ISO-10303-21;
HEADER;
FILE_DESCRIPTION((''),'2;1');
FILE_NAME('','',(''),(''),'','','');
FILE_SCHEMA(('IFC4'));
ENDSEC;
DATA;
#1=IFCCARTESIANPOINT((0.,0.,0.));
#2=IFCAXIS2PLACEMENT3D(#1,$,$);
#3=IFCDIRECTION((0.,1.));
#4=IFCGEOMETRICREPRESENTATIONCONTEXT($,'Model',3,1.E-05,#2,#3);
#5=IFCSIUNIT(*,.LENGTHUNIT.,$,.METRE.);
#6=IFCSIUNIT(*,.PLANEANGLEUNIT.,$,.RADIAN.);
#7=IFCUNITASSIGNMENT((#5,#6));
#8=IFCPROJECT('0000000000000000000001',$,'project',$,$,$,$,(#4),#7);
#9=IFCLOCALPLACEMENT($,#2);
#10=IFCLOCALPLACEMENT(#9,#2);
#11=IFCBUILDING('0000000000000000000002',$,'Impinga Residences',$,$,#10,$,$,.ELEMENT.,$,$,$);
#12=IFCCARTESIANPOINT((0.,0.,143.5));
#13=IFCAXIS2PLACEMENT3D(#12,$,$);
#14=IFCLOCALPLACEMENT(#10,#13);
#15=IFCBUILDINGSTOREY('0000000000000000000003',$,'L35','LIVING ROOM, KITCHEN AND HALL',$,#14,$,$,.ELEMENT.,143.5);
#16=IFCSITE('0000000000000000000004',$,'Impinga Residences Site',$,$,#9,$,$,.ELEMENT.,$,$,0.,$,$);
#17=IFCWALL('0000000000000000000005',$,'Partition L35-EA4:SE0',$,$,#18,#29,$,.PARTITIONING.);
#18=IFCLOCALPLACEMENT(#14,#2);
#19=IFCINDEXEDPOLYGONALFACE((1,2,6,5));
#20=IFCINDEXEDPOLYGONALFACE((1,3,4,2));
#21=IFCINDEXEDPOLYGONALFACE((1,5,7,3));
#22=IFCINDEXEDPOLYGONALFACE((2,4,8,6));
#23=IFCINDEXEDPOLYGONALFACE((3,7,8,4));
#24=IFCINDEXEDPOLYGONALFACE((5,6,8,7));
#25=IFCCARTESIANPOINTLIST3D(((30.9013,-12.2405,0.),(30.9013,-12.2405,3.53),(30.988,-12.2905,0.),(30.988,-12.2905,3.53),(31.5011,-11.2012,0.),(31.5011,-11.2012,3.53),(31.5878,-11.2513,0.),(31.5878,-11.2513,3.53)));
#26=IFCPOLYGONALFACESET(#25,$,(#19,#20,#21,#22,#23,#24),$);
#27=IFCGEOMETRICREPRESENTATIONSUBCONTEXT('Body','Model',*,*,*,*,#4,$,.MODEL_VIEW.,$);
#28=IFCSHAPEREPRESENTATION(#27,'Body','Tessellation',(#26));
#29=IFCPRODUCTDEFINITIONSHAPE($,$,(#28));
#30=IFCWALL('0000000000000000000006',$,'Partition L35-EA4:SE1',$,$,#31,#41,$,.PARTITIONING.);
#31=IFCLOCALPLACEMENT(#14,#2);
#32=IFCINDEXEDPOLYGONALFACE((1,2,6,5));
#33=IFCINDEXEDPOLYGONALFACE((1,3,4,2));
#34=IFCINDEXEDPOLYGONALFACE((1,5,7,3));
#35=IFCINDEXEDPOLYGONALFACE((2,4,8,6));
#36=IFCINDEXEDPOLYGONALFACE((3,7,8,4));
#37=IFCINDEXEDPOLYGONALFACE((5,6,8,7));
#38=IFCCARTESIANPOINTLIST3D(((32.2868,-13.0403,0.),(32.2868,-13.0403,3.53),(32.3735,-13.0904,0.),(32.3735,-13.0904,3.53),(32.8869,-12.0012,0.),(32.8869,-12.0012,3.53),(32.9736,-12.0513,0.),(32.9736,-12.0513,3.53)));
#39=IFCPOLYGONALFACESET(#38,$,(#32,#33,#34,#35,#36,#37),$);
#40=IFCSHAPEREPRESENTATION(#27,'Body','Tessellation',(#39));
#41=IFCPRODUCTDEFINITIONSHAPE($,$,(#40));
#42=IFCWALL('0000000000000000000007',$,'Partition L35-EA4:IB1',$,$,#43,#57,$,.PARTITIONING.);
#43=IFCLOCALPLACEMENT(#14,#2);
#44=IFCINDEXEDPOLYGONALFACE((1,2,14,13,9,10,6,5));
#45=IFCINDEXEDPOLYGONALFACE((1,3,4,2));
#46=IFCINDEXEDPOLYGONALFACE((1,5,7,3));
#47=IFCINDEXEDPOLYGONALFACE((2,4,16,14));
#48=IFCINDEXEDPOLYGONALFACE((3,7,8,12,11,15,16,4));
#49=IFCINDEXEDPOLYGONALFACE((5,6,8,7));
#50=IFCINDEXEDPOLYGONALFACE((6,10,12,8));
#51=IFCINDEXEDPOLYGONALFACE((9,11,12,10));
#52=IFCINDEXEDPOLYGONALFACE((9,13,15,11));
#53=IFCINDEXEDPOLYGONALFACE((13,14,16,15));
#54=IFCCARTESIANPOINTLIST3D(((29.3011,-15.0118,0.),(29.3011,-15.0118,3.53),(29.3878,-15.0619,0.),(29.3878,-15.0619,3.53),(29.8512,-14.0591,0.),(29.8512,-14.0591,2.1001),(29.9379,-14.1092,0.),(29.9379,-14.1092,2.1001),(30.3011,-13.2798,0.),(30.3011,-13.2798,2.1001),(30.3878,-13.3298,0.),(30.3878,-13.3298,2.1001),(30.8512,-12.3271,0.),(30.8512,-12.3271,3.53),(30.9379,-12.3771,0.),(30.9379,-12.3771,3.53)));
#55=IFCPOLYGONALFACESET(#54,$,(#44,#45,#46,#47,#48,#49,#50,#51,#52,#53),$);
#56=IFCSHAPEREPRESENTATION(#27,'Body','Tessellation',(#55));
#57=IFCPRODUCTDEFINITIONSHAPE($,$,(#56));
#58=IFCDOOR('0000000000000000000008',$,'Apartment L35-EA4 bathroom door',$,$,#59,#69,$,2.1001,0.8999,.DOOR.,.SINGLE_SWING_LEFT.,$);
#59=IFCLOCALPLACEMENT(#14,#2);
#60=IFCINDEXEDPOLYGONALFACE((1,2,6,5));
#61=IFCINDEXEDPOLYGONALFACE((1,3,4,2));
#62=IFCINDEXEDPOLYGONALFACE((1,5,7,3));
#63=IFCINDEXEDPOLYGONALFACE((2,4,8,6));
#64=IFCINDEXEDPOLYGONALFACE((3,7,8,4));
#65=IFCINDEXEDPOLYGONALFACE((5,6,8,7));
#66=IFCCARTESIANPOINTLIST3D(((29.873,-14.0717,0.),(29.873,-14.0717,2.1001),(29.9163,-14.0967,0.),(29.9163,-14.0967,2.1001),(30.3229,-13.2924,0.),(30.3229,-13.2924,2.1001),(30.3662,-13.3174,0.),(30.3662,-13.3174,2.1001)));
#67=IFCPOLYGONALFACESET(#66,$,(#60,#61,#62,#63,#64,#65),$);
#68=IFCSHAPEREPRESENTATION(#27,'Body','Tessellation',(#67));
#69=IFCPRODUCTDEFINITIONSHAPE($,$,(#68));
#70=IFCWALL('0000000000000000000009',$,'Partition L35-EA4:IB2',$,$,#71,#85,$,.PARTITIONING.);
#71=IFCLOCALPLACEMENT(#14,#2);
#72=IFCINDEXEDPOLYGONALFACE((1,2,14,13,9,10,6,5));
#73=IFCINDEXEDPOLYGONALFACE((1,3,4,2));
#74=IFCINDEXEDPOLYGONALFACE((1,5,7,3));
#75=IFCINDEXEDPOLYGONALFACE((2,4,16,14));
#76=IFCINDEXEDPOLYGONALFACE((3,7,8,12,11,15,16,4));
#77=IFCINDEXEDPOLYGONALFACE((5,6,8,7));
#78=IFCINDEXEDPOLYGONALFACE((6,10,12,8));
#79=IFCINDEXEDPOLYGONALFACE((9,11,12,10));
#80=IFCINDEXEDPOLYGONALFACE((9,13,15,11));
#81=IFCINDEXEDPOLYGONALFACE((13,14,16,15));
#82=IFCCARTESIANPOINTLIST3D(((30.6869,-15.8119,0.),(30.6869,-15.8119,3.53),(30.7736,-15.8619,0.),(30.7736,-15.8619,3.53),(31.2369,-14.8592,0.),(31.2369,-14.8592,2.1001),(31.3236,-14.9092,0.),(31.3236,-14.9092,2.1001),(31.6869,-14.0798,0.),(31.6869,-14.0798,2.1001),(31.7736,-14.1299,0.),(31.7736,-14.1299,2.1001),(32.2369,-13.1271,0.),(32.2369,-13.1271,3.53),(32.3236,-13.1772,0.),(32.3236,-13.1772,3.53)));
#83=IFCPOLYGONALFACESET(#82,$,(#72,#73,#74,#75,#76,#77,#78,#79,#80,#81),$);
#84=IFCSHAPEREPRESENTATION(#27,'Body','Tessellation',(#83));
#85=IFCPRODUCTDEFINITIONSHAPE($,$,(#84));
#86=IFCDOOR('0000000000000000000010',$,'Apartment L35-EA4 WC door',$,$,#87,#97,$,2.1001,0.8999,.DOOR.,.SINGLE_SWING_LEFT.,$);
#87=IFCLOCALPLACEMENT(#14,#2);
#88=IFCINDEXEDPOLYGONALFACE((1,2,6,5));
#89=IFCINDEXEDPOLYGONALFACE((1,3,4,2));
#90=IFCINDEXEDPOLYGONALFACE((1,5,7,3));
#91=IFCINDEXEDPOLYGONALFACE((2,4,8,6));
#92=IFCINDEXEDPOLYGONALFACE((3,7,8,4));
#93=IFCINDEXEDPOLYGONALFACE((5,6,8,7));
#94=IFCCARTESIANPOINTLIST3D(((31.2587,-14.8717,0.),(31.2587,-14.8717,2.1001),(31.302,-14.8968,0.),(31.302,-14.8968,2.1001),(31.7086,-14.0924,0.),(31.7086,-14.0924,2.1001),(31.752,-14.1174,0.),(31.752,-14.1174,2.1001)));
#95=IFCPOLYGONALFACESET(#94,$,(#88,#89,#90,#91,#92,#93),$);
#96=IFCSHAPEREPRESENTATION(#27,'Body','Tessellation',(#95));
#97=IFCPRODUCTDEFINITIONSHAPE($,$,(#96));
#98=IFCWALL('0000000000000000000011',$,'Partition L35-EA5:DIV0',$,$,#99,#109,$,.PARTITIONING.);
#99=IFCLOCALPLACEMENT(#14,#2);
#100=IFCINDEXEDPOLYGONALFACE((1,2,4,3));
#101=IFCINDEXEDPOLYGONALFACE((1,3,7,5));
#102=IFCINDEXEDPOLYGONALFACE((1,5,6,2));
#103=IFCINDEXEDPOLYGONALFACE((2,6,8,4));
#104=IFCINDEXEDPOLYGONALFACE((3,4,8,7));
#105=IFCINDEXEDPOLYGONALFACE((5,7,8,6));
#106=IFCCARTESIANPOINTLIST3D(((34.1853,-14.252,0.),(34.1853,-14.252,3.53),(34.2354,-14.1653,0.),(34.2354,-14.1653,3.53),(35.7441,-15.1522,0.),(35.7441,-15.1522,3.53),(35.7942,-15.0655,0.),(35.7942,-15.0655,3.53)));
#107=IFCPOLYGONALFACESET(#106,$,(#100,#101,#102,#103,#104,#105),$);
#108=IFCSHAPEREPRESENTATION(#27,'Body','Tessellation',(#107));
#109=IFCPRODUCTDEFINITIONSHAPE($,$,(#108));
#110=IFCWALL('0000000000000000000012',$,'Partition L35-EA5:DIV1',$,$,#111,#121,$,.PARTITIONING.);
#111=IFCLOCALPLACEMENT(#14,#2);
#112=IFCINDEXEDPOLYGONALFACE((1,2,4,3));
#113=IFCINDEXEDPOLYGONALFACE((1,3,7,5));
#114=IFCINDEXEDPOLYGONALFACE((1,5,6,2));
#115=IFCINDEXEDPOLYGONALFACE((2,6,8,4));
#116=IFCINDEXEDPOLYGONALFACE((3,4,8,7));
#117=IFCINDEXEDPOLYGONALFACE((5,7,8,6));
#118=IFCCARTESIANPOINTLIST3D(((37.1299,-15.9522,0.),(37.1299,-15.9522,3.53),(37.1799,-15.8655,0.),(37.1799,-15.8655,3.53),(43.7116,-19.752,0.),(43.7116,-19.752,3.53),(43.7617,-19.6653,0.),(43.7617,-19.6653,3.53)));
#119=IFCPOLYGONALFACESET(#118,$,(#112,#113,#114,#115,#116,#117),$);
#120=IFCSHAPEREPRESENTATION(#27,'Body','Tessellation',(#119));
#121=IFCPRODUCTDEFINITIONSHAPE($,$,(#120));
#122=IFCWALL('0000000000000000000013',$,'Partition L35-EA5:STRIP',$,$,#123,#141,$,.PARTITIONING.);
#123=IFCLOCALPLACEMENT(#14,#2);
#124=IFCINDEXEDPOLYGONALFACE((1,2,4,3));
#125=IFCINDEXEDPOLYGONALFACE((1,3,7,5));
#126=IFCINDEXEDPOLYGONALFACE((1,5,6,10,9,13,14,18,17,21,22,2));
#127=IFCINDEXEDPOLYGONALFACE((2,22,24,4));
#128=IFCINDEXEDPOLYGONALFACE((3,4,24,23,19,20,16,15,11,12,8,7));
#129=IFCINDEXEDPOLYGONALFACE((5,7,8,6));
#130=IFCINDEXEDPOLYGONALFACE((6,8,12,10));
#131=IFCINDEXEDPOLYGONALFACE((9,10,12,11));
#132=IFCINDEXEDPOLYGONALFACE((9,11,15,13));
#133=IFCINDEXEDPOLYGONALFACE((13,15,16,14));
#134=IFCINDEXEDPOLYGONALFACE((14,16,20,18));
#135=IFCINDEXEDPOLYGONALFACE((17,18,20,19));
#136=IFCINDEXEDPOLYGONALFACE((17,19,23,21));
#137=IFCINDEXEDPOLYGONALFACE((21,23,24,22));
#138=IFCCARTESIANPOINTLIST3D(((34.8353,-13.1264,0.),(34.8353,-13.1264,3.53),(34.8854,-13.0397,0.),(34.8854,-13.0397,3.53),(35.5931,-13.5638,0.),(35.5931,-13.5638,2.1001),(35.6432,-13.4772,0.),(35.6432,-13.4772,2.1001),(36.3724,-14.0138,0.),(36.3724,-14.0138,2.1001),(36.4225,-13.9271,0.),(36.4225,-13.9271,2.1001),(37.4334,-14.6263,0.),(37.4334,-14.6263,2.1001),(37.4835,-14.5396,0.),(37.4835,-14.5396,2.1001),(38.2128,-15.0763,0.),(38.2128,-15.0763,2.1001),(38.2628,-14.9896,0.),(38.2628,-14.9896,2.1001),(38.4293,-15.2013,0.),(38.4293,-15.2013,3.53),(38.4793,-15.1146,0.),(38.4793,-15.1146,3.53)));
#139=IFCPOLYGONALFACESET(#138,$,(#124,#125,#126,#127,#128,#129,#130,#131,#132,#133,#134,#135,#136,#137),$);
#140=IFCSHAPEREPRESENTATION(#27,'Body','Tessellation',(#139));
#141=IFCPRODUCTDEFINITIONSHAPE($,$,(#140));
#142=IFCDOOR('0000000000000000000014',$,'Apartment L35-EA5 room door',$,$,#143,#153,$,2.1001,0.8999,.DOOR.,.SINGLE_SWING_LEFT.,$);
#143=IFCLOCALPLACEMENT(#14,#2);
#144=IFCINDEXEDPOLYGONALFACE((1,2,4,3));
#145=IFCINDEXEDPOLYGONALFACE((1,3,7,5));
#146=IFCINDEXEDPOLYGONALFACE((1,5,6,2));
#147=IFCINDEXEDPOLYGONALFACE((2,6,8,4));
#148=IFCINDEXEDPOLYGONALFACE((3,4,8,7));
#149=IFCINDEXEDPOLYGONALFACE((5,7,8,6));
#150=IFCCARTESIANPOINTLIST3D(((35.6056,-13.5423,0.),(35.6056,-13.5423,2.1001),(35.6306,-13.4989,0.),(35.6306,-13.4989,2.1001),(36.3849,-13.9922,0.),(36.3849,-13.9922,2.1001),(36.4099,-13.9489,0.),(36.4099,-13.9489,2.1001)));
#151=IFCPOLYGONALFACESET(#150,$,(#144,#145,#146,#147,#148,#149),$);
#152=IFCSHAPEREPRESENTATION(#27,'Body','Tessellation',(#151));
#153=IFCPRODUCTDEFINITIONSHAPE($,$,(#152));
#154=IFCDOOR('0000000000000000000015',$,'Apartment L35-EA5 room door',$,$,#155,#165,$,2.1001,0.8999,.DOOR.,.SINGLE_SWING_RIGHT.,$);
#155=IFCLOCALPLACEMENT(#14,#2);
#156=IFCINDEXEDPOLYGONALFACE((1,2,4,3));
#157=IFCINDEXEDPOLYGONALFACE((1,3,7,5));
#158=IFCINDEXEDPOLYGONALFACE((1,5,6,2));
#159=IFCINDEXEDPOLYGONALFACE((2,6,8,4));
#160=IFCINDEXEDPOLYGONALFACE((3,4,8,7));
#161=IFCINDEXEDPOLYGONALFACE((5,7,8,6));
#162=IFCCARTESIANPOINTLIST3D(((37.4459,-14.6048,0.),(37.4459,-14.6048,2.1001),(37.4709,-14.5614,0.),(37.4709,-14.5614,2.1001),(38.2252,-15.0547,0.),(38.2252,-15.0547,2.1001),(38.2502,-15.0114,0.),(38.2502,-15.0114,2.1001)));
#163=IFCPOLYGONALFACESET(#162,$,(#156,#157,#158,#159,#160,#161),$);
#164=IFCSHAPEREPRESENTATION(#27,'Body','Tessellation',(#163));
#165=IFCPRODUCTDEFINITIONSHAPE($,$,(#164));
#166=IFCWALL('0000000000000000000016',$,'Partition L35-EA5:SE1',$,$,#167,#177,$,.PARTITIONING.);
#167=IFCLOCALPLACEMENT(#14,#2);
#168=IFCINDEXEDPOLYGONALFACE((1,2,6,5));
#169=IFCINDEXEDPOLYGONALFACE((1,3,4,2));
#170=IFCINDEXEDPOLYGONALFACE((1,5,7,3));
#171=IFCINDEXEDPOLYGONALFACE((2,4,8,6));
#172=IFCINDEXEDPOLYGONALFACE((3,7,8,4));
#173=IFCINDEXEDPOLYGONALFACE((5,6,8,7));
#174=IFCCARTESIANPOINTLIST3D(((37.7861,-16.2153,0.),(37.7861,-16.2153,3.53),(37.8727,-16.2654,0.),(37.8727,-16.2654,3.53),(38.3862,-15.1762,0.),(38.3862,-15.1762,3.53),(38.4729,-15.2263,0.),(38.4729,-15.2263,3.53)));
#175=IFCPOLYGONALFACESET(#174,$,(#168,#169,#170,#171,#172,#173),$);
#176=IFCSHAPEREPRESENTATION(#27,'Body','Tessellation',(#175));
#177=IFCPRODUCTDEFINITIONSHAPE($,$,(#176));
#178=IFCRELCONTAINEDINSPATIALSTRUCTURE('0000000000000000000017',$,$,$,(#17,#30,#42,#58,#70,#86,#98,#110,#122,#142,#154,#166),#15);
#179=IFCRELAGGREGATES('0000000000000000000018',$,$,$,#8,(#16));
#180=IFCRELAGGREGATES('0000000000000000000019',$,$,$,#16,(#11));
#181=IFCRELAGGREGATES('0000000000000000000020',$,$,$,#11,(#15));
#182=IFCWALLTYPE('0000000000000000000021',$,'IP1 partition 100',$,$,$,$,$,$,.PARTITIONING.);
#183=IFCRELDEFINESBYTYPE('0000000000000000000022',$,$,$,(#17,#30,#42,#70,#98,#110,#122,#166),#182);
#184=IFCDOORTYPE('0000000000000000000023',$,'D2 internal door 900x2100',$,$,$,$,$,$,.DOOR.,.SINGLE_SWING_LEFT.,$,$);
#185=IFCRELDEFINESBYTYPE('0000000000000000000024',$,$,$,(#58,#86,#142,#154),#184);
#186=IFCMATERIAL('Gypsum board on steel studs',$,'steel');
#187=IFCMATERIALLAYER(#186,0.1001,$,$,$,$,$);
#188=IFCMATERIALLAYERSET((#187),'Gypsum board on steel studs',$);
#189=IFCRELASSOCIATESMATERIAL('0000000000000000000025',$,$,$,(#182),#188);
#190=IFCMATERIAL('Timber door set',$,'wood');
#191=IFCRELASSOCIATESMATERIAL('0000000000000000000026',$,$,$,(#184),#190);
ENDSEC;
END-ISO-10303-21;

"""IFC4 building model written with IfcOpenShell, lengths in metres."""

from ifc_helpers import new_model, si_unit, direction, frame, frame_2d, origin, place, context, subcontext, project, spatial, rectangle, extrude, material, layer, layer_set, type_object, element, fill, save


model = new_model("IFC4")

# Units and contexts
model_context = context("Model", 3, precision=1e-05, world=origin(), true_north=direction((0.0, 1.0)))
body_context = subcontext(model_context, "Body", "Model", "MODEL_VIEW")
ifc_project = project(units=[si_unit("LENGTHUNIT", "METRE"), si_unit("PLANEANGLEUNIT", "RADIAN")], contexts=[model_context])

# Site, building, storey
site_placement = place(None, origin())
site = spatial("IfcSite", under=ifc_project, at=site_placement, Name="Impinga Residences Site", CompositionType="ELEMENT", RefElevation=0.0)
building_placement = place(site_placement, origin())
building = spatial("IfcBuilding", under=site, at=building_placement, Name="Impinga Residences", CompositionType="ELEMENT")
storey_placement = place(building_placement, frame((0.0, 0.0, 143.5)))
storey = spatial("IfcBuildingStorey", under=building, at=storey_placement, Name="L35", Description="LIVING ROOM, KITCHEN AND HALL", CompositionType="ELEMENT", Elevation=143.5)

# Shared definitions
ifc_material_1 = material(Name="Gypsum board on steel studs", Category="steel")
ifc_layer_1 = layer(ifc_material_1, 0.1001)
ifc_layer_set_1 = layer_set([ifc_layer_1], Name="Gypsum board on steel studs")
wall_type_1 = type_object("IfcWallType", Name="IP1 partition 100", PredefinedType="PARTITIONING", material=ifc_layer_set_1)

# Shared definitions
ifc_material_2 = material(Name="Timber door set", Category="wood")
door_type = type_object("IfcDoorType", Name="D2 internal door 900x2100", OperationType="SINGLE_SWING_LEFT", PredefinedType="DOOR", material=ifc_material_2)

# Walls
for number, where, z_axis, x_axis, name in (
    (1, (30.9446, -12.2656, 0.0), (0.0, 0.0, 1.0), (0.499881, 0.866094, 0.0), "Partition L35-EA4:SE0"),
    (2, (32.3301, -13.0654, 0.0), (0.0, 0.0, 1.0), (0.500122, 0.865955, 0.0), "Partition L35-EA4:SE1"),
):
    element("IfcWall", number, at=place(storey_placement, frame(where, z_axis=z_axis, x_axis=x_axis)), inside=storey, type_object=wall_type_1, Name=name, PredefinedType="PARTITIONING", context=body_context, shape_type="SweptSolid", body=[
        extrude(rectangle(XDim=1.2, YDim=0.1001, at=frame_2d((0.6001, 0.0))), origin(), (0.0, 0.0, 1.0), 3.53),
    ])

# Walls, openings, doors
wall_1_placement = place(storey_placement, frame((29.3445, -15.0369, 0.0), z_axis=(0.0, 0.0, 1.0), x_axis=(0.499993, 0.86603, 0.0)))
wall_1 = element("IfcWall", 3, at=wall_1_placement, inside=storey, type_object=wall_type_1, Name="Partition L35-EA4:IB1", PredefinedType="PARTITIONING", context=body_context, shape_type="SweptSolid", body=[
    extrude(rectangle(XDim=3.1001, YDim=0.1001, at=frame_2d((1.55, 0.0))), origin(), (0.0, 0.0, 1.0), 3.53),
])
opening_1_placement = place(wall_1_placement, frame((1.1001, 0.0, 0.0)))
opening_1 = element("IfcOpeningElement", 4, at=opening_1_placement, cuts=wall_1, PredefinedType="OPENING", context=body_context, shape_type="SweptSolid", body=[
    extrude(rectangle(XDim=0.8999, YDim=2.1001, at=frame_2d((0.45, 1.05))), frame((0.0, 0.0601, 0.0), z_axis=(0.0, -1.0, 0.0), x_axis=(1.0, 0.0, 0.0)), (0.0, 0.0, 1.0), 0.1201),
])
door_1_placement = place(opening_1_placement, origin())
door_1 = element("IfcDoor", 5, at=door_1_placement, inside=storey, type_object=door_type, Name="Apartment L35-EA4 bathroom door", OperationType="SINGLE_SWING_LEFT", OverallHeight=2.1001, OverallWidth=0.8999, PredefinedType="DOOR", context=body_context, shape_type="SweptSolid", body=[
    extrude(rectangle(XDim=0.8999, YDim=2.1001, at=frame_2d((0.45, 1.05))), frame((0.0, 0.0249, 0.0), z_axis=(0.0, -1.0, 0.0), x_axis=(1.0, 0.0, 0.0)), (0.0, 0.0, 1.0), 0.05),
])
fill(opening_1, door_1)
wall_2_placement = place(storey_placement, frame((30.7302, -15.8369, 0.0), z_axis=(0.0, 0.0, 1.0), x_axis=(0.499993, 0.86603, 0.0)))
wall_2 = element("IfcWall", 6, at=wall_2_placement, inside=storey, type_object=wall_type_1, Name="Partition L35-EA4:IB2", PredefinedType="PARTITIONING", context=body_context, shape_type="SweptSolid", body=[
    extrude(rectangle(XDim=3.1001, YDim=0.1001, at=frame_2d((1.55, 0.0))), origin(), (0.0, 0.0, 1.0), 3.53),
])
opening_2_placement = place(wall_2_placement, frame((1.1001, 0.0, 0.0)))
opening_2 = element("IfcOpeningElement", 7, at=opening_2_placement, cuts=wall_2, PredefinedType="OPENING", context=body_context, shape_type="SweptSolid", body=[
    extrude(rectangle(XDim=0.8999, YDim=2.1001, at=frame_2d((0.45, 1.05))), frame((0.0, 0.0601, 0.0), z_axis=(0.0, -1.0, 0.0), x_axis=(1.0, 0.0, 0.0)), (0.0, 0.0, 1.0), 0.1201),
])
door_2_placement = place(opening_2_placement, origin())
door_2 = element("IfcDoor", 8, at=door_2_placement, inside=storey, type_object=door_type, Name="Apartment L35-EA4 WC door", OperationType="SINGLE_SWING_LEFT", OverallHeight=2.1001, OverallWidth=0.8999, PredefinedType="DOOR", context=body_context, shape_type="SweptSolid", body=[
    extrude(rectangle(XDim=0.8999, YDim=2.1001, at=frame_2d((0.45, 1.05))), frame((0.0, 0.0249, 0.0), z_axis=(0.0, -1.0, 0.0), x_axis=(1.0, 0.0, 0.0)), (0.0, 0.0, 1.0), 0.05),
])
fill(opening_2, door_2)

# Walls
wall_3_placement = place(storey_placement, frame((34.2104, -14.2087, 0.0), z_axis=(0.0, 0.0, 1.0), x_axis=(0.865989, -0.500063, 0.0)))
element("IfcWall", 9, at=wall_3_placement, inside=storey, type_object=wall_type_1, Name="Partition L35-EA5:DIV0", PredefinedType="PARTITIONING", context=body_context, shape_type="SweptSolid", body=[
    extrude(rectangle(XDim=1.8, YDim=0.1001, at=frame_2d((0.8999, 0.0))), origin(), (0.0, 0.0, 1.0), 3.53),
])
wall_4_placement = place(storey_placement, frame((37.155, -15.9089, 0.0), z_axis=(0.0, 0.0, 1.0), x_axis=(0.866036, -0.499981, 0.0)))
element("IfcWall", 10, at=wall_4_placement, inside=storey, type_object=wall_type_1, Name="Partition L35-EA5:DIV1", PredefinedType="PARTITIONING", context=body_context, shape_type="SweptSolid", body=[
    extrude(rectangle(XDim=7.5999, YDim=0.1001, at=frame_2d((3.7998, 0.0))), origin(), (0.0, 0.0, 1.0), 3.53),
])

# Wall, openings, doors
wall_5_placement = place(storey_placement, frame((34.8604, -13.083, 0.0), z_axis=(0.0, 0.0, 1.0), x_axis=(0.86603, -0.499992, 0.0)))
wall_5 = element("IfcWall", 11, at=wall_5_placement, inside=storey, type_object=wall_type_1, Name="Partition L35-EA5:STRIP", PredefinedType="PARTITIONING", context=body_context, shape_type="SweptSolid", body=[
    extrude(rectangle(XDim=4.1499, YDim=0.1001, at=frame_2d((2.075, 0.0))), origin(), (0.0, 0.0, 1.0), 3.53),
])
opening_3_placement = place(wall_5_placement, frame((0.875, 0.0, 0.0)))
opening_3 = element("IfcOpeningElement", 12, at=opening_3_placement, cuts=wall_5, PredefinedType="OPENING", context=body_context, shape_type="SweptSolid", body=[
    extrude(rectangle(XDim=0.8999, YDim=2.1001, at=frame_2d((0.45, 1.05))), frame((0.0, 0.0601, 0.0), z_axis=(0.0, -1.0, 0.0), x_axis=(1.0, 0.0, 0.0)), (0.0, 0.0, 1.0), 0.1201),
])
opening_4_placement = place(wall_5_placement, frame((3.0, 0.0, 0.0)))
opening_4 = element("IfcOpeningElement", 13, at=opening_4_placement, cuts=wall_5, PredefinedType="OPENING", context=body_context, shape_type="SweptSolid", body=[
    extrude(rectangle(XDim=0.8999, YDim=2.1001, at=frame_2d((0.45, 1.05))), frame((0.0, 0.0601, 0.0), z_axis=(0.0, -1.0, 0.0), x_axis=(1.0, 0.0, 0.0)), (0.0, 0.0, 1.0), 0.1201),
])
door_3_placement = place(opening_3_placement, origin())
door_3 = element("IfcDoor", 14, at=door_3_placement, inside=storey, type_object=door_type, Name="Apartment L35-EA5 room door", OperationType="SINGLE_SWING_LEFT", OverallHeight=2.1001, OverallWidth=0.8999, PredefinedType="DOOR", context=body_context, shape_type="SweptSolid", body=[
    extrude(rectangle(XDim=0.8999, YDim=2.1001, at=frame_2d((0.45, 1.05))), frame((0.0, 0.0249, 0.0), z_axis=(0.0, -1.0, 0.0), x_axis=(1.0, 0.0, 0.0)), (0.0, 0.0, 1.0), 0.05),
])
fill(opening_3, door_3)
door_4_placement = place(opening_4_placement, origin())
door_4 = element("IfcDoor", 15, at=door_4_placement, inside=storey, type_object=door_type, Name="Apartment L35-EA5 room door", OperationType="SINGLE_SWING_RIGHT", OverallHeight=2.1001, OverallWidth=0.8999, PredefinedType="DOOR", context=body_context, shape_type="SweptSolid", body=[
    extrude(rectangle(XDim=0.8999, YDim=2.1001, at=frame_2d((0.45, 1.05))), frame((0.0, 0.0249, 0.0), z_axis=(0.0, -1.0, 0.0), x_axis=(1.0, 0.0, 0.0)), (0.0, 0.0, 1.0), 0.05),
])
fill(opening_4, door_4)

# Wall
wall_6_placement = place(storey_placement, frame((37.8293, -16.2405, 0.0), z_axis=(0.0, 0.0, 1.0), x_axis=(0.500122, 0.865955, 0.0)))
element("IfcWall", 16, at=wall_6_placement, inside=storey, type_object=wall_type_1, Name="Partition L35-EA5:SE1", PredefinedType="PARTITIONING", context=body_context, shape_type="SweptSolid", body=[
    extrude(rectangle(XDim=1.2, YDim=0.1001, at=frame_2d((0.6001, 0.0))), origin(), (0.0, 0.0, 1.0), 3.53),
])

save(model, "model.ifc")
